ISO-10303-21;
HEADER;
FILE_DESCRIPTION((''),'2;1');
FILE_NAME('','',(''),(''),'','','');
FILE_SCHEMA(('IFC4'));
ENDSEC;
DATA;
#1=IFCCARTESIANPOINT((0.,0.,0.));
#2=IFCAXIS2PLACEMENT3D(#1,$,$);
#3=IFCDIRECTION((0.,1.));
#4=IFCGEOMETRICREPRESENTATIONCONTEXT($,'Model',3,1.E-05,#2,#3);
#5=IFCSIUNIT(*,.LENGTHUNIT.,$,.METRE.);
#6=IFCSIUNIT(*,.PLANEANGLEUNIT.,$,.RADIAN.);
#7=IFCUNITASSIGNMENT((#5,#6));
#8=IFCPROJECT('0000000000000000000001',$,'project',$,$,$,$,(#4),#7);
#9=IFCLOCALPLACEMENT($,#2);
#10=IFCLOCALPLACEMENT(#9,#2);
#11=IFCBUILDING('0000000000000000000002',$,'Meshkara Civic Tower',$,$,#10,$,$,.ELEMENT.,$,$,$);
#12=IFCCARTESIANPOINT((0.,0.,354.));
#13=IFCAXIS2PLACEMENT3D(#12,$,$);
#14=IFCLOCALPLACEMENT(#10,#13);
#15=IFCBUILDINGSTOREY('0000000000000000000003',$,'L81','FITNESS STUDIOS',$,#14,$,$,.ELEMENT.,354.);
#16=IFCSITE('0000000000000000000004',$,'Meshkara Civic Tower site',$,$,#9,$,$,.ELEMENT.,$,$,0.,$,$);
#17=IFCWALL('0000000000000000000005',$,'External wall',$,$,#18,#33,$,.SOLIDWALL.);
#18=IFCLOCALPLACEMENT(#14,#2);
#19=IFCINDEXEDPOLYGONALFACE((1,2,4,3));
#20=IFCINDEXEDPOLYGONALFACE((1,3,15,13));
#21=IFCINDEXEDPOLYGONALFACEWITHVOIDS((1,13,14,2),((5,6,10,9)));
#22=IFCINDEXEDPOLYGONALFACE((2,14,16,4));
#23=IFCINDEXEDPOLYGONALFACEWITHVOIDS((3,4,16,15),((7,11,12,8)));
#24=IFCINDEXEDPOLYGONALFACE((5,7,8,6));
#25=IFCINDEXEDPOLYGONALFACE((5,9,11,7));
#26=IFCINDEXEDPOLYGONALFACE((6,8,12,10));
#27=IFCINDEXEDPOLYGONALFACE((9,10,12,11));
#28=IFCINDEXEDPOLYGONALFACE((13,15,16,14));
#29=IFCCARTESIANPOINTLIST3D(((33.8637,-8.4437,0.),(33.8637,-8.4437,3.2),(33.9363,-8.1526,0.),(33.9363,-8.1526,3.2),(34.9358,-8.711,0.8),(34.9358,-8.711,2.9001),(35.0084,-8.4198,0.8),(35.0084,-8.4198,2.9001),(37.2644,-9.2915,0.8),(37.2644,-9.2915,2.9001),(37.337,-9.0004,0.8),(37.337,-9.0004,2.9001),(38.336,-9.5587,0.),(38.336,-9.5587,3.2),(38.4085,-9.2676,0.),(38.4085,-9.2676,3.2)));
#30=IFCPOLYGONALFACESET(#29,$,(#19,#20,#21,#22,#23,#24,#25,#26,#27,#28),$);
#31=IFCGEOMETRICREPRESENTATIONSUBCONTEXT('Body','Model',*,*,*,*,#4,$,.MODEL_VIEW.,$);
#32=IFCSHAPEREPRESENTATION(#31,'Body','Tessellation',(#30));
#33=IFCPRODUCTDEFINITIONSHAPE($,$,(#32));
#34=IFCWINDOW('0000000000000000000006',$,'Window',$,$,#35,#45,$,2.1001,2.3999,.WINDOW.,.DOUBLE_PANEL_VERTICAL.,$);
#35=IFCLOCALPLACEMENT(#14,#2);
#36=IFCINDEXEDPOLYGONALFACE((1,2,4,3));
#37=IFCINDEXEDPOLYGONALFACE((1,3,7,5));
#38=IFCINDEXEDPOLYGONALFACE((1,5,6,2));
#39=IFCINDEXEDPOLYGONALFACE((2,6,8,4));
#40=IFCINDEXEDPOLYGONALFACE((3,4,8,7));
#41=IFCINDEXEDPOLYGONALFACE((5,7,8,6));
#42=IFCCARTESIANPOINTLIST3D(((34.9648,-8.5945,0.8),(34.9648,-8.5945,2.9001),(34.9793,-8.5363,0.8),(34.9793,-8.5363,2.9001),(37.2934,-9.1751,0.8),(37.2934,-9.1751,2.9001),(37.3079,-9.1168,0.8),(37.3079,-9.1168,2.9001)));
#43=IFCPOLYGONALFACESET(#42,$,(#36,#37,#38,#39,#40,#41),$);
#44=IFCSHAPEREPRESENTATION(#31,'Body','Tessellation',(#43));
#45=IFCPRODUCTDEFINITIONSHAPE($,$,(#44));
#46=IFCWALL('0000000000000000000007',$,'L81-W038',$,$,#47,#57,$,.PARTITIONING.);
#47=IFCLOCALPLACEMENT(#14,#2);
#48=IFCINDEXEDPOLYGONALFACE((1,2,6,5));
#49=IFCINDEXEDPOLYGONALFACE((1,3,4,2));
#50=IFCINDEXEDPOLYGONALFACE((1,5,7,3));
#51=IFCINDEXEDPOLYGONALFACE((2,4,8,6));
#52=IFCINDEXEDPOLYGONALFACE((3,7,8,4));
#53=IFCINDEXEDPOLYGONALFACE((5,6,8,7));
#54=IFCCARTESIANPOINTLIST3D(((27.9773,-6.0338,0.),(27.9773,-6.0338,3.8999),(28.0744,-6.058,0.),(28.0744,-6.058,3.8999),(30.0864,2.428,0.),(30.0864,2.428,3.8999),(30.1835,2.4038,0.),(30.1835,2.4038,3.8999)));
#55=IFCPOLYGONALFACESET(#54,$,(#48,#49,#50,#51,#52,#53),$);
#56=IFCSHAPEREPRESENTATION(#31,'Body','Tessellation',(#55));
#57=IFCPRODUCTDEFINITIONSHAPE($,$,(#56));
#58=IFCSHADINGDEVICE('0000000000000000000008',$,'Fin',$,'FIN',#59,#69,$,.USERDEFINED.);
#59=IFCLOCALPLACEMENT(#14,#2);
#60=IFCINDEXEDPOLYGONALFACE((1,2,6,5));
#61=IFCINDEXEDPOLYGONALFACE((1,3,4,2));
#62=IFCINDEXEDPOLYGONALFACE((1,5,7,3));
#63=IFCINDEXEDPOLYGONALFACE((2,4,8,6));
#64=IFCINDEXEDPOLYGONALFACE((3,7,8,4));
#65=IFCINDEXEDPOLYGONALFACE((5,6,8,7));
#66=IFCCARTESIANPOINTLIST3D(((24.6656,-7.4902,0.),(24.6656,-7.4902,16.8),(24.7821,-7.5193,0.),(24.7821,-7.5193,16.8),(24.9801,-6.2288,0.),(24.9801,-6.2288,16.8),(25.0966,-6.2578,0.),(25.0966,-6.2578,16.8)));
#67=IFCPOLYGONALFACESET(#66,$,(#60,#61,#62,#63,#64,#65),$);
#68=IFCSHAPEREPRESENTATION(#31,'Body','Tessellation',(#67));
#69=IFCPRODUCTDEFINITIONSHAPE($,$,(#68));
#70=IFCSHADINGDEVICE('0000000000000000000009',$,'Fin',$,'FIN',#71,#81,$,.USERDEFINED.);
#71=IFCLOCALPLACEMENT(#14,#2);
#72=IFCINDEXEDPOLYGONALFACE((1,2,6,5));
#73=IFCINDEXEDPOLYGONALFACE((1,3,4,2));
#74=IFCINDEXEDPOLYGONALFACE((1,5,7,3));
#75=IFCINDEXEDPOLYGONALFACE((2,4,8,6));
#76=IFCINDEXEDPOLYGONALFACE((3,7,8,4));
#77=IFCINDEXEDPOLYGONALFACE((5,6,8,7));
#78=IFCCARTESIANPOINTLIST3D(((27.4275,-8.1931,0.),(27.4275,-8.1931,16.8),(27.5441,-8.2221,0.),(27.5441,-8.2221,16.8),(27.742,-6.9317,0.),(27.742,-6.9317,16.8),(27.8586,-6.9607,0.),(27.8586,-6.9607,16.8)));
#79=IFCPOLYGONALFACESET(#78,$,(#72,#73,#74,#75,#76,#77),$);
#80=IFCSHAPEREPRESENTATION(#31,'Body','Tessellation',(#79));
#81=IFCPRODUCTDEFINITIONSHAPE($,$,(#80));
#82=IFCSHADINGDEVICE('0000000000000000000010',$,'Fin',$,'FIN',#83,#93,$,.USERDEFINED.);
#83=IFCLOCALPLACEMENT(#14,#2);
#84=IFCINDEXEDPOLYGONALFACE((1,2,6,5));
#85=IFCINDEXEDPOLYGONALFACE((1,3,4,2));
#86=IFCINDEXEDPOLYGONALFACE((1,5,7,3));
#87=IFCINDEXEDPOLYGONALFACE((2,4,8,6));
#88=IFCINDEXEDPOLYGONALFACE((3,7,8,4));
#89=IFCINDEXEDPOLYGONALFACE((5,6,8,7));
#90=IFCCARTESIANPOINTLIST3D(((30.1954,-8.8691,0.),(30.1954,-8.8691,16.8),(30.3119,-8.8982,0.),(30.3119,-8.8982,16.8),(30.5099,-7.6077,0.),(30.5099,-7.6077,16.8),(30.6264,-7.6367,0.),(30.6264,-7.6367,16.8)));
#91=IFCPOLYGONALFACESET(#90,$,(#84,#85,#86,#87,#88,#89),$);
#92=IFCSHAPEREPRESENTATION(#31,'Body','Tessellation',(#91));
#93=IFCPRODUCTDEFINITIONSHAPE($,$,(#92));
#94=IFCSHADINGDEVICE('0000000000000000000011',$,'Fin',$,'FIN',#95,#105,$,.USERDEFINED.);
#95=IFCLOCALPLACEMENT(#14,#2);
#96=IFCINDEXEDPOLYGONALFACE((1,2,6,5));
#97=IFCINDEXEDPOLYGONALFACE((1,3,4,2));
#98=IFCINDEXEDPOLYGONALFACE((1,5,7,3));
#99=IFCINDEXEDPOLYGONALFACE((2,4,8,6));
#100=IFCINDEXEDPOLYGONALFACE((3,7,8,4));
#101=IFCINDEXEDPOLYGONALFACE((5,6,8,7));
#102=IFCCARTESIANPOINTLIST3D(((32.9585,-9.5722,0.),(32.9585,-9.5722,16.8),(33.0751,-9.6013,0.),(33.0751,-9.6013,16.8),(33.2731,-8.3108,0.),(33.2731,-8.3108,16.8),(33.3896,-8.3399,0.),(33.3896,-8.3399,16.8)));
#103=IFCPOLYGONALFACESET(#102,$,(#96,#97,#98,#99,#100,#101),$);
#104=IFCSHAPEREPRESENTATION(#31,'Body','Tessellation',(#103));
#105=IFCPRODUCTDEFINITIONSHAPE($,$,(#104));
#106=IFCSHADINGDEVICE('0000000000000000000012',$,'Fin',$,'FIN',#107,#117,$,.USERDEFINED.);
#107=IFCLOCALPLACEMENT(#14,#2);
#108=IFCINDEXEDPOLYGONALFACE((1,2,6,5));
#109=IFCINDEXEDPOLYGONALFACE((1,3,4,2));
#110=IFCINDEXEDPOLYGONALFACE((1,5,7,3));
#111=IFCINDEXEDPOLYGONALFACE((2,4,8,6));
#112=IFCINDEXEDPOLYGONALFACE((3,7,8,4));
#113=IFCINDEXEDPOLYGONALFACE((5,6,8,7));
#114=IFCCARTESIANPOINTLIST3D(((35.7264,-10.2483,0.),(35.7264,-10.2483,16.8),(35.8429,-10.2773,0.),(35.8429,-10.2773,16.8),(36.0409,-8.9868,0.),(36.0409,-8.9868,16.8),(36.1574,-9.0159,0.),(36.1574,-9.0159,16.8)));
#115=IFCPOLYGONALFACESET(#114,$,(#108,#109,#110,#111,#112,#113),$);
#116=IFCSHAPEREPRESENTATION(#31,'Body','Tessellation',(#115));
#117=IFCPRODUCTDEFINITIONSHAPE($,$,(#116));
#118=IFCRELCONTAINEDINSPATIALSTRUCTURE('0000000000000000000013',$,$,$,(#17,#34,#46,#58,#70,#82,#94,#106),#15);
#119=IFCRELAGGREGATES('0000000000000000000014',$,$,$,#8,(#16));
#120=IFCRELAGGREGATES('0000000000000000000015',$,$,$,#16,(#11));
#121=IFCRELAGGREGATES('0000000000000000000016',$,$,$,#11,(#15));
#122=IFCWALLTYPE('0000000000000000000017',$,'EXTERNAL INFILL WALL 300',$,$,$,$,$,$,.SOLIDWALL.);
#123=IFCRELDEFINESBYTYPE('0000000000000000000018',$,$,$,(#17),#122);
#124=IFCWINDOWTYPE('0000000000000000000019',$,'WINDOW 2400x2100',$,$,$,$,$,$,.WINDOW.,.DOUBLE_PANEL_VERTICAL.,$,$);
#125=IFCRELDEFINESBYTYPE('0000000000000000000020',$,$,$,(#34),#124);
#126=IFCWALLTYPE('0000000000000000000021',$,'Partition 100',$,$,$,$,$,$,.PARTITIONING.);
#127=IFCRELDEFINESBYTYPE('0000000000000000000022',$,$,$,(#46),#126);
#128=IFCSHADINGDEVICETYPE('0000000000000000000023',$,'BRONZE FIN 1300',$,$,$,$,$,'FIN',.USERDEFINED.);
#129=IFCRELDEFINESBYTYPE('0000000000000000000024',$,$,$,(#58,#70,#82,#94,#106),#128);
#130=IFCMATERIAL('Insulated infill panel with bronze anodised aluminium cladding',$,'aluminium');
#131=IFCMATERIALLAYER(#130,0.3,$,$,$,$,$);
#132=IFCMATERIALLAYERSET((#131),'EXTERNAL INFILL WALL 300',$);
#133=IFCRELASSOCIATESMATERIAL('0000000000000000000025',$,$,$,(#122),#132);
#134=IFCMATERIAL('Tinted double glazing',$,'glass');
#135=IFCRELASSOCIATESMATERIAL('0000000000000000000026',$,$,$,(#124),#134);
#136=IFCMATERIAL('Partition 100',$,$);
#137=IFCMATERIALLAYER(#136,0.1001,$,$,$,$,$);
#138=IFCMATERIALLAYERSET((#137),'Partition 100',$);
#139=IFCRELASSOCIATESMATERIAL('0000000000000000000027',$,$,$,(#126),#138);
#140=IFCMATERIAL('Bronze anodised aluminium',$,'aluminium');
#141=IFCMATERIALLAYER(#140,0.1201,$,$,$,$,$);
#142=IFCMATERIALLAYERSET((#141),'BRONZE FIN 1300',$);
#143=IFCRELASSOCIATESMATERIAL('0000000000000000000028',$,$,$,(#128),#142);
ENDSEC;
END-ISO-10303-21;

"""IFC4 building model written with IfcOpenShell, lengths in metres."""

from ifc_helpers import new_model, si_unit, direction, frame, frame_2d, origin, origin_2d, place, context, subcontext, project, spatial, rectangle, extrude, material, layer, layer_set, type_object, element, fill, save


model = new_model("IFC4")

# Units and contexts
model_context = context("Model", 3, precision=1e-05, world=origin(), true_north=direction((0.0, 1.0)))
body_context = subcontext(model_context, "Body", "Model", "MODEL_VIEW")
ifc_project = project(units=[si_unit("LENGTHUNIT", "METRE"), si_unit("PLANEANGLEUNIT", "RADIAN")], contexts=[model_context])

# Site, building, storey
site_placement = place(None, origin())
site = spatial("IfcSite", under=ifc_project, at=site_placement, Name="Meshkara Civic Tower site", CompositionType="ELEMENT", RefElevation=0.0)
building_placement = place(site_placement, origin())
building = spatial("IfcBuilding", under=site, at=building_placement, Name="Meshkara Civic Tower", CompositionType="ELEMENT")
storey_placement = place(building_placement, frame((0.0, 0.0, 354.0)))
storey = spatial("IfcBuildingStorey", under=building, at=storey_placement, Name="L81", Description="FITNESS STUDIOS", CompositionType="ELEMENT", Elevation=354.0)

# Wall, opening, window
ifc_material_1 = material(Name="Insulated infill panel with bronze anodised aluminium cladding", Category="aluminium")
ifc_layer_1 = layer(ifc_material_1, 0.3)
ifc_layer_set_1 = layer_set([ifc_layer_1], Name="EXTERNAL INFILL WALL 300")
wall_type_1 = type_object("IfcWallType", Name="EXTERNAL INFILL WALL 300", PredefinedType="SOLIDWALL", material=ifc_layer_set_1)
ifc_material_2 = material(Name="Tinted double glazing", Category="glass")
window_type = type_object("IfcWindowType", Name="WINDOW 2400x2100", PartitioningType="DOUBLE_PANEL_VERTICAL", PredefinedType="WINDOW", material=ifc_material_2)
wall_1_placement = place(storey_placement, frame((33.8999, -8.2981, 0.0), z_axis=(0.0, 0.0, 1.0), x_axis=(0.970298, -0.241912, 0.0)))
wall_1 = element("IfcWall", 1, at=wall_1_placement, inside=storey, type_object=wall_type_1, Name="External wall", PredefinedType="SOLIDWALL", context=body_context, shape_type="SweptSolid", body=[
    extrude(rectangle(XDim=4.6091, YDim=0.3, at=frame_2d((2.3047, 0.0))), origin(), (0.0, 0.0, 1.0), 3.2),
])
opening_1_placement = place(wall_1_placement, frame((1.105, 0.0, 0.8)))
opening_1 = element("IfcOpeningElement", 2, at=opening_1_placement, cuts=wall_1, PredefinedType="OPENING", context=body_context, shape_type="SweptSolid", body=[
    extrude(rectangle(XDim=2.3999, YDim=2.1001, at=frame_2d((1.2, 1.05))), frame((0.0, 0.1599, 0.0), z_axis=(0.0, -1.0, 0.0), x_axis=(1.0, 0.0, 0.0)), (0.0, 0.0, 1.0), 0.3201),
])
window_1_placement = place(opening_1_placement, origin())
window_1 = element("IfcWindow", 3, at=window_1_placement, inside=storey, type_object=window_type, Name="Window", OverallHeight=2.1001, OverallWidth=2.3999, PartitioningType="DOUBLE_PANEL_VERTICAL", PredefinedType="WINDOW", context=body_context, shape_type="SweptSolid", body=[
    extrude(rectangle(XDim=2.3999, YDim=2.1001, at=frame_2d((1.2, 1.05))), frame((0.0, 0.03, 0.0), z_axis=(0.0, -1.0, 0.0), x_axis=(1.0, 0.0, 0.0)), (0.0, 0.0, 1.0), 0.0601),
])
fill(opening_1, window_1)

# Wall
ifc_material_3 = material(Name="Partition 100")
ifc_layer_2 = layer(ifc_material_3, 0.1001)
ifc_layer_set_2 = layer_set([ifc_layer_2], Name="Partition 100")
wall_type_2 = type_object("IfcWallType", Name="Partition 100", PredefinedType="PARTITIONING", material=ifc_layer_set_2)
wall_2_placement = place(storey_placement, frame((28.0259, -6.0459, 0.0), z_axis=(0.0, 0.0, 1.0), x_axis=(0.241851, 0.970314, 0.0)))
element("IfcWall", 4, at=wall_2_placement, inside=storey, type_object=wall_type_2, Name="L81-W038", PredefinedType="PARTITIONING", context=body_context, shape_type="SweptSolid", body=[
    extrude(rectangle(XDim=8.7207, YDim=0.1001, at=frame_2d((4.3604, 0.0))), origin(), (0.0, 0.0, 1.0), 3.8999),
])

# Shading devices
ifc_material_4 = material(Name="Bronze anodised aluminium", Category="aluminium")
ifc_layer_3 = layer(ifc_material_4, 0.1201)
ifc_layer_set_3 = layer_set([ifc_layer_3], Name="BRONZE FIN 1300")
shading_device_type = type_object("IfcShadingDeviceType", Name="BRONZE FIN 1300", ElementType="FIN", PredefinedType="USERDEFINED", material=ifc_layer_set_3)
for number, where, z_axis, x_axis, name in (
    (5, (24.8811, -6.874, 0.0), (0.0, 0.0, 1.0), (0.970296, -0.241922, 0.0), "Fin"),
    (6, (27.6431, -7.5769, 0.0), (0.0, 0.0, 1.0), (0.970296, -0.241922, 0.0), "Fin"),
    (7, (30.4109, -8.2529, 0.0), (0.0, 0.0, 1.0), (0.970296, -0.241922, 0.0), "Fin"),
    (8, (33.1741, -8.9561, 0.0), (0.0, 0.0, 1.0), (0.970296, -0.241922, 0.0), "Fin"),
    (9, (35.9419, -9.6321, 0.0), (0.0, 0.0, 1.0), (0.970296, -0.241922, 0.0), "Fin"),
):
    element("IfcShadingDevice", number, at=place(storey_placement, frame(where, z_axis=z_axis, x_axis=x_axis)), inside=storey, type_object=shading_device_type, Name=name, ObjectType="FIN", PredefinedType="USERDEFINED", context=body_context, shape_type="SweptSolid", body=[
        extrude(rectangle(XDim=0.1201, YDim=1.3, at=origin_2d()), origin(), (0.0, 0.0, 1.0), 16.8),
    ])

save(model, "model.ifc")
